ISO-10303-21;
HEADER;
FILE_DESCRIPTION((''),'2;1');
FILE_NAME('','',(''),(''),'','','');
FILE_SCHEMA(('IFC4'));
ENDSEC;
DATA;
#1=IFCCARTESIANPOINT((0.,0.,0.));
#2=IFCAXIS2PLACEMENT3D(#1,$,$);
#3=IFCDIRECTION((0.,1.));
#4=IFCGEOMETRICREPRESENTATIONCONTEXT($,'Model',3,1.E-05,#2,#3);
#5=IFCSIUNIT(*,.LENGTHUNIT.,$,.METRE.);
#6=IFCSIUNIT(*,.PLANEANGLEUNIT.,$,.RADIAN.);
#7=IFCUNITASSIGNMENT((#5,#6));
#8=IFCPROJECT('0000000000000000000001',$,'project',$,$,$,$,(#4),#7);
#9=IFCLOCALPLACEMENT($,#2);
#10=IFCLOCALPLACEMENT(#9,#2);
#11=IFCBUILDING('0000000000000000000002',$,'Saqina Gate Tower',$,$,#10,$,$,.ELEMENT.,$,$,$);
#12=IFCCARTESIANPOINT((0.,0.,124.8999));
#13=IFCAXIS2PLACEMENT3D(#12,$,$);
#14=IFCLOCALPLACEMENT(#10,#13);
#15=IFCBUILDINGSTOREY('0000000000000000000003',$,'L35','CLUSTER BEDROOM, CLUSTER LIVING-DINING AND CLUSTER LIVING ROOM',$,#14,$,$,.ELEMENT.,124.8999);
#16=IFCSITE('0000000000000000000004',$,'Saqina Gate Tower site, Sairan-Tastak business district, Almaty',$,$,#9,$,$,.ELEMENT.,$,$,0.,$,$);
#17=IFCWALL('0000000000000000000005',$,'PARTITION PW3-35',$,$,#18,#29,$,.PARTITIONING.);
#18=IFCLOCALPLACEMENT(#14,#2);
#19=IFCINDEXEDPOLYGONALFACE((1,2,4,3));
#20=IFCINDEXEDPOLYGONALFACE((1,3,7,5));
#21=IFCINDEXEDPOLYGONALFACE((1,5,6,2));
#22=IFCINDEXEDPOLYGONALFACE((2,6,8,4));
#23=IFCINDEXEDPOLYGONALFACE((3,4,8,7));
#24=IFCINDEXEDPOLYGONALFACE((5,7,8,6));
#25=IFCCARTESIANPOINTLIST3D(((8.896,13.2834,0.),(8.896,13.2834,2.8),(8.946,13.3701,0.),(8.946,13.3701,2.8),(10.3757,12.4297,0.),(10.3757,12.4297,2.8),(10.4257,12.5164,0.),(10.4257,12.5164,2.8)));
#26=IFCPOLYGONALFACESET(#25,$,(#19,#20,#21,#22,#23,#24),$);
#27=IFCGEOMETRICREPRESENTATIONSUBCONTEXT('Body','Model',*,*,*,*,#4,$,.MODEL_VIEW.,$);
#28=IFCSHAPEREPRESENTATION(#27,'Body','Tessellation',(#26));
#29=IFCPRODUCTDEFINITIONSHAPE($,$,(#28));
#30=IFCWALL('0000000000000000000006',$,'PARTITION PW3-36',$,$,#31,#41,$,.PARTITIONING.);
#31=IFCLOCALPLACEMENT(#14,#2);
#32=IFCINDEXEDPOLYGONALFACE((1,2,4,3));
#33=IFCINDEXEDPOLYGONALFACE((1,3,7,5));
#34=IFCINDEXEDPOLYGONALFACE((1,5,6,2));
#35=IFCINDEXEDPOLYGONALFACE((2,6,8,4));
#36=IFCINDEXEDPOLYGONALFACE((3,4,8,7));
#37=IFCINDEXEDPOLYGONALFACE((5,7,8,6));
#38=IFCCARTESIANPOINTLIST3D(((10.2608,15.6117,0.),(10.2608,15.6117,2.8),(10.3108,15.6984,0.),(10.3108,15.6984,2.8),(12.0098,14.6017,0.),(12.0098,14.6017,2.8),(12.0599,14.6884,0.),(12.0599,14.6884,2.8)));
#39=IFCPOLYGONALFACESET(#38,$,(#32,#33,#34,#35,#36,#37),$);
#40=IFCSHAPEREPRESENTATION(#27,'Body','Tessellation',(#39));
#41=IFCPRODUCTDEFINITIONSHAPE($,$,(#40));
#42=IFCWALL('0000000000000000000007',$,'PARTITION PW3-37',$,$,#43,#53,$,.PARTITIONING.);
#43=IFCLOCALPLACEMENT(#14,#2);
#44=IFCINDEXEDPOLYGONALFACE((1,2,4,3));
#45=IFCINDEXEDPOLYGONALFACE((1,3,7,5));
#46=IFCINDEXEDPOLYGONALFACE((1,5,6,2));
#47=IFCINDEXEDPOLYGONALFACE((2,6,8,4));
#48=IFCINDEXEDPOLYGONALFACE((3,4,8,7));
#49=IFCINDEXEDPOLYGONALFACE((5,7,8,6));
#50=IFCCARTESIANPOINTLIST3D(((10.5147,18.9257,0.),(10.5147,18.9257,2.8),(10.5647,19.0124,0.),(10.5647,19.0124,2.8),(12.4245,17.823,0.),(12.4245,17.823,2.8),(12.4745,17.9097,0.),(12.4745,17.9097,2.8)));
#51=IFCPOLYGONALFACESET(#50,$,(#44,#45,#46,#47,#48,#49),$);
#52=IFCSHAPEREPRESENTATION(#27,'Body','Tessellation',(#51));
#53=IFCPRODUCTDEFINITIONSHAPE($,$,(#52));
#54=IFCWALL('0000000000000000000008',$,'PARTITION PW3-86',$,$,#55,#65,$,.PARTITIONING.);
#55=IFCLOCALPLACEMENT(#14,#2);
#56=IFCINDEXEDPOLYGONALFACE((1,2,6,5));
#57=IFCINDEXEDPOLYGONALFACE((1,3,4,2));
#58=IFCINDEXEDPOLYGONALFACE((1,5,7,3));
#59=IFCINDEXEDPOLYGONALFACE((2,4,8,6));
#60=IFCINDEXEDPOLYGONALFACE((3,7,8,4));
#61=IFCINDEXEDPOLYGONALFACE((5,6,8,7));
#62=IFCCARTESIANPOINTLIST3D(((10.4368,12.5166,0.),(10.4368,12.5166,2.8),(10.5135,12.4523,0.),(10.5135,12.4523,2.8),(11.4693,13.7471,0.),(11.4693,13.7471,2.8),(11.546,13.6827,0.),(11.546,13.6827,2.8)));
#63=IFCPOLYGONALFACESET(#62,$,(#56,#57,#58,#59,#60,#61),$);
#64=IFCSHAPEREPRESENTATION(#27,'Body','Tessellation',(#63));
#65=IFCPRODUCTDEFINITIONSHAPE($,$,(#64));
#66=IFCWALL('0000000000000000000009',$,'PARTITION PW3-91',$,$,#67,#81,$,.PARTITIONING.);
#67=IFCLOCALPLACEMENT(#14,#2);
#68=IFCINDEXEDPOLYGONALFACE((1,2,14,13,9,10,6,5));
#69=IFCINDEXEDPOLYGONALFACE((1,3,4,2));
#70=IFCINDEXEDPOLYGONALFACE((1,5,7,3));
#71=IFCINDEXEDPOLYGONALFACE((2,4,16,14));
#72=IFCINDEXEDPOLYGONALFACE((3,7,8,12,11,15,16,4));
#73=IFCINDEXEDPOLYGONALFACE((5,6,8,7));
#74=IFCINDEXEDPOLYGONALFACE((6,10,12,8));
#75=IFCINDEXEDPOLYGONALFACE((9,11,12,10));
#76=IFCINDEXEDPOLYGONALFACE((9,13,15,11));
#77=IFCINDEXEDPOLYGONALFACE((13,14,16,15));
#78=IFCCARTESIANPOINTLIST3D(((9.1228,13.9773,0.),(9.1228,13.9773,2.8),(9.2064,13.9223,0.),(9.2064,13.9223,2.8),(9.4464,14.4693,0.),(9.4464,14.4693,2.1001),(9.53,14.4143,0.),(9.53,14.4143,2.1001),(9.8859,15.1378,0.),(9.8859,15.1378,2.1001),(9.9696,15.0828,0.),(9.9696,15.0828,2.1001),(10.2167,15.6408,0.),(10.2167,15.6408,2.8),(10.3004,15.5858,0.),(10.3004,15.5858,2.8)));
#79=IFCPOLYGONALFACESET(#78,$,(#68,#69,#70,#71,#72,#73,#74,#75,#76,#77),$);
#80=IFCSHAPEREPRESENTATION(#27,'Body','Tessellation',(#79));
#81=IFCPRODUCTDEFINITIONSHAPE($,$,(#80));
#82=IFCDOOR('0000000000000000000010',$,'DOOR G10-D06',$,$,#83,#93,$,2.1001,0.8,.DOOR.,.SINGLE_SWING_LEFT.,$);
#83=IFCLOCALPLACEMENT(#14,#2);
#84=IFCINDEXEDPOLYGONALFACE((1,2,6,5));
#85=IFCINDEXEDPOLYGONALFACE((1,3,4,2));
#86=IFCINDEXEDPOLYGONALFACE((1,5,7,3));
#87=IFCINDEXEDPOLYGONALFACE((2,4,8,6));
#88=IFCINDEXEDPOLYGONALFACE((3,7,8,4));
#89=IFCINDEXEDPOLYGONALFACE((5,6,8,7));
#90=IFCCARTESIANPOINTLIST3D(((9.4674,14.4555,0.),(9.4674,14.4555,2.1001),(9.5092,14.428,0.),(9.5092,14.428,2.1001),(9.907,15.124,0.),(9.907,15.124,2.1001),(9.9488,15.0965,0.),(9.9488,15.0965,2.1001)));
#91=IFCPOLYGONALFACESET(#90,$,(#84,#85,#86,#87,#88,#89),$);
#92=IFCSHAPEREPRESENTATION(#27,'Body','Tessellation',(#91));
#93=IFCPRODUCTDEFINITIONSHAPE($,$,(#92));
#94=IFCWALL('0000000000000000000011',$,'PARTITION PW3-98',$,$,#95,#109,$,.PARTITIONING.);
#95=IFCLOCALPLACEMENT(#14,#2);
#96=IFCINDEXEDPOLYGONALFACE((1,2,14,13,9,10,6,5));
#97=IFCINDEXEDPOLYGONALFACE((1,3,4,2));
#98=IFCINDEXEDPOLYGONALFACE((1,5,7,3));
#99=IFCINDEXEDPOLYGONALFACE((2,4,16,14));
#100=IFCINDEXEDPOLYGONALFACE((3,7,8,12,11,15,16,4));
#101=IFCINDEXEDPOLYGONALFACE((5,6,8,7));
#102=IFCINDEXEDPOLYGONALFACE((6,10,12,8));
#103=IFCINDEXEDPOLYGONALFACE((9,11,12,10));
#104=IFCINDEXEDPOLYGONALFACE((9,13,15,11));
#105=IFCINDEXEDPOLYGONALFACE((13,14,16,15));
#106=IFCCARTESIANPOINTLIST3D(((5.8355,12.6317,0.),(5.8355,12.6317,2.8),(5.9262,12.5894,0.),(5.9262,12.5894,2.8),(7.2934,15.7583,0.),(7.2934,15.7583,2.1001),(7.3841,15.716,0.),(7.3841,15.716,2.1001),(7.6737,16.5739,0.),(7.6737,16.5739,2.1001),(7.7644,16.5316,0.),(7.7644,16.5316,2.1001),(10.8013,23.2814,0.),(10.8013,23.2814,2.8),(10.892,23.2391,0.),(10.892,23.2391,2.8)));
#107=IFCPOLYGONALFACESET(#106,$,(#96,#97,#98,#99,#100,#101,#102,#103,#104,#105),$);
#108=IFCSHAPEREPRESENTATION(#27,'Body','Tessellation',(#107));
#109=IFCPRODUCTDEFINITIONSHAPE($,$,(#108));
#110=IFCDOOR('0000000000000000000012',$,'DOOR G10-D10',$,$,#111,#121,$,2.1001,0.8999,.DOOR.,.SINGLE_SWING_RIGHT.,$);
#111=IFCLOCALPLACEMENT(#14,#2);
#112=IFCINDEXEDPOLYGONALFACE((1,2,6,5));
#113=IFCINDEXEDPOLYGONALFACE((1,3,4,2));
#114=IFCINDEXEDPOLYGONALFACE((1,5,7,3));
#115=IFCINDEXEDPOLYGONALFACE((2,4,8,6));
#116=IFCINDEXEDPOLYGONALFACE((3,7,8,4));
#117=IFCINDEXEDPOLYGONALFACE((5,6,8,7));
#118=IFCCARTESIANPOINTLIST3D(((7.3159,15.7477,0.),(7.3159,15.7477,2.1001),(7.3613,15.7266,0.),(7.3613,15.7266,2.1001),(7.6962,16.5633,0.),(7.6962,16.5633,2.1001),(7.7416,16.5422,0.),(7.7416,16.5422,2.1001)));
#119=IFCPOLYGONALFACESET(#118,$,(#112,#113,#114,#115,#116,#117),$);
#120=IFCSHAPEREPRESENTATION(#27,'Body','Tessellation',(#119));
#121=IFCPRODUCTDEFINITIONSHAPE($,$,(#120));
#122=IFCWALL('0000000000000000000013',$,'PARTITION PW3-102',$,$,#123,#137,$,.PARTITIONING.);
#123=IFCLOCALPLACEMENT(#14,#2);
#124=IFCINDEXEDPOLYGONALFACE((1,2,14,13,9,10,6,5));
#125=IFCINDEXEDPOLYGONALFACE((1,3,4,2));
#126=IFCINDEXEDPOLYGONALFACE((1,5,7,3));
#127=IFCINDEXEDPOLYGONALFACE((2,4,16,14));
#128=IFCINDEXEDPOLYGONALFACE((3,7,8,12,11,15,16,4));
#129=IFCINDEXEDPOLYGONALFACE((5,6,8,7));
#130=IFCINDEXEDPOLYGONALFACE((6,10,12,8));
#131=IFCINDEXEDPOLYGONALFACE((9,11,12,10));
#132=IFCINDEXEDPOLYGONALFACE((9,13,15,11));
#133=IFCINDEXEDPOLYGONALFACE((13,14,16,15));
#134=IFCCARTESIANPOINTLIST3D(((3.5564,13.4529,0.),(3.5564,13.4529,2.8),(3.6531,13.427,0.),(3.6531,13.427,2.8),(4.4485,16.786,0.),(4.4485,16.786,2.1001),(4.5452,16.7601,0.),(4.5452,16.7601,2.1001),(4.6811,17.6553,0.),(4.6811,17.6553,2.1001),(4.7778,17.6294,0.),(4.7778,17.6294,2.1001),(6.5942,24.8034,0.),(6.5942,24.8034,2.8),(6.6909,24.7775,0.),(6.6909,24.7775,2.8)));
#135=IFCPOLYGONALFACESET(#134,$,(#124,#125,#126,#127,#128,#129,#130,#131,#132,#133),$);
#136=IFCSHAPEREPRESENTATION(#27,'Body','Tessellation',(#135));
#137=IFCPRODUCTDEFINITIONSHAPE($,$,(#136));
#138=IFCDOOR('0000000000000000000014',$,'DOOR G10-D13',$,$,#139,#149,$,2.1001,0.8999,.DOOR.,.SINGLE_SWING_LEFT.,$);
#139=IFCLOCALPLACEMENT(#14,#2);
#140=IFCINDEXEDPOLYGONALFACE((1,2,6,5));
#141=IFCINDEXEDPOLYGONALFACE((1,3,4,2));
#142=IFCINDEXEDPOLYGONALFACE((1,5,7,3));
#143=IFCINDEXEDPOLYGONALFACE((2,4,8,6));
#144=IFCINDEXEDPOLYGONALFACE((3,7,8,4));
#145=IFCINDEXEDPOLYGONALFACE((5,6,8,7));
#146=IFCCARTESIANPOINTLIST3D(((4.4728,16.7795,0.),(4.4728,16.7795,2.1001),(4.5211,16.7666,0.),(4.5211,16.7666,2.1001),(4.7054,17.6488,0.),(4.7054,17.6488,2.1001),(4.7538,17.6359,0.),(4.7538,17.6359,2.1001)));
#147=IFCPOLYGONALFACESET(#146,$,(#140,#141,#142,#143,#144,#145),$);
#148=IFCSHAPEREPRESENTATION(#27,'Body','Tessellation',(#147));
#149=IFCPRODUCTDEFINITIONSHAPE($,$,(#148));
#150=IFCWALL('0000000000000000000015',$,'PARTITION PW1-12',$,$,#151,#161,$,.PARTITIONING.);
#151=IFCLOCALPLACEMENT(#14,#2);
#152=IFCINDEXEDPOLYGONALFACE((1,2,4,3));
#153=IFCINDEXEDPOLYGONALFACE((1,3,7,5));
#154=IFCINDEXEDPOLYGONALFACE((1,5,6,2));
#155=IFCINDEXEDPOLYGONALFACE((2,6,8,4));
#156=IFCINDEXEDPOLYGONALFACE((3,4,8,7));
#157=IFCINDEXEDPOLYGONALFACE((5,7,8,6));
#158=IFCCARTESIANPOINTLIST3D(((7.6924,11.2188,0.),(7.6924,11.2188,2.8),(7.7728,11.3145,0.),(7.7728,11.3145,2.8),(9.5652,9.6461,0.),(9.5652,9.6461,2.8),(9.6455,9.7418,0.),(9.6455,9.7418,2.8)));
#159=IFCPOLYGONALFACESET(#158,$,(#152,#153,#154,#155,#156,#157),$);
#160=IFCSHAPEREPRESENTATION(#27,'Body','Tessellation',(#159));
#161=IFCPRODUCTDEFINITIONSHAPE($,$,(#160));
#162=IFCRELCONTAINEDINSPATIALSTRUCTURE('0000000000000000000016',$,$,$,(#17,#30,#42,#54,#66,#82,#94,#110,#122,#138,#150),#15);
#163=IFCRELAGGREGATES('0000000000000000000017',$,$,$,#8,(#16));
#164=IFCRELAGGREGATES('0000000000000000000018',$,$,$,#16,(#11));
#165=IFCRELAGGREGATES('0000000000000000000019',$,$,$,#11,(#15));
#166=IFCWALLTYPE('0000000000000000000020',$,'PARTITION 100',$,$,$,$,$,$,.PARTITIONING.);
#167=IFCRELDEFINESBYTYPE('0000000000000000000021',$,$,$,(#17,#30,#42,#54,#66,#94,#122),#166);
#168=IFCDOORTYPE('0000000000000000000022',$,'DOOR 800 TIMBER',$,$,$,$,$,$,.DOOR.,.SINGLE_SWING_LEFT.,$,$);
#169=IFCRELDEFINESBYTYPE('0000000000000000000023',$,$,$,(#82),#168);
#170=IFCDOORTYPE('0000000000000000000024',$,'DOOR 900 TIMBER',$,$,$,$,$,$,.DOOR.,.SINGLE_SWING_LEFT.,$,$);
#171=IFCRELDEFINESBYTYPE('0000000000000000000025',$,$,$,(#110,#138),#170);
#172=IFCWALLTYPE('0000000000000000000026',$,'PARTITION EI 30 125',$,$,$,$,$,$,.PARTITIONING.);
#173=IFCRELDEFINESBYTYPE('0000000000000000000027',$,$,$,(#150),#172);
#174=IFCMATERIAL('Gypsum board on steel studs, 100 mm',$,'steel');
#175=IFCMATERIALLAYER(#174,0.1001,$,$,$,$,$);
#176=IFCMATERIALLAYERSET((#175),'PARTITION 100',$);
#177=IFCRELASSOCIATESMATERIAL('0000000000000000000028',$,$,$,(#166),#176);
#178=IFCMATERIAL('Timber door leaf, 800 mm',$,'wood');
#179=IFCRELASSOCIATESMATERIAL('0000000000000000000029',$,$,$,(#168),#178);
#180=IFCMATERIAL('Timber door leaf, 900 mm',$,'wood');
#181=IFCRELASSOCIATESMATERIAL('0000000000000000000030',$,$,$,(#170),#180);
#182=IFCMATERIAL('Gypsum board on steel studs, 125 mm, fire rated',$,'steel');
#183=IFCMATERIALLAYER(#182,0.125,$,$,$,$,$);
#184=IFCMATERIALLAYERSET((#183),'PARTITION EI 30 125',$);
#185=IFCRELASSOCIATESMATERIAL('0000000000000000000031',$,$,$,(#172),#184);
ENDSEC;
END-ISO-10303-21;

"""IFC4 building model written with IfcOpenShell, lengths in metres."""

from ifc_helpers import new_model, si_unit, direction, frame, frame_2d, origin, place, context, subcontext, project, spatial, rectangle, extrude, material, layer, layer_set, type_object, element, fill, save


model = new_model("IFC4")

# Units and contexts
model_context = context("Model", 3, precision=1e-05, world=origin(), true_north=direction((0.0, 1.0)))
body_context = subcontext(model_context, "Body", "Model", "MODEL_VIEW")
ifc_project = project(units=[si_unit("LENGTHUNIT", "METRE"), si_unit("PLANEANGLEUNIT", "RADIAN")], contexts=[model_context])

# Site, building, storey
site_placement = place(None, origin())
site = spatial("IfcSite", under=ifc_project, at=site_placement, Name="Saqina Gate Tower site, Sairan-Tastak business district, Almaty", CompositionType="ELEMENT", RefElevation=0.0)
building_placement = place(site_placement, origin())
building = spatial("IfcBuilding", under=site, at=building_placement, Name="Saqina Gate Tower", CompositionType="ELEMENT")
storey_placement = place(building_placement, frame((0.0, 0.0, 124.8999)))
storey = spatial("IfcBuildingStorey", under=building, at=storey_placement, Name="L35", Description="CLUSTER BEDROOM, CLUSTER LIVING-DINING AND CLUSTER LIVING ROOM", CompositionType="ELEMENT", Elevation=124.8999)

# Walls
ifc_material_1 = material(Name="Gypsum board on steel studs, 100 mm", Category="steel")
ifc_layer_1 = layer(ifc_material_1, 0.1001)
ifc_layer_set_1 = layer_set([ifc_layer_1], Name="PARTITION 100")
wall_type_1 = type_object("IfcWallType", Name="PARTITION 100", PredefinedType="PARTITIONING", material=ifc_layer_set_1)
wall_1_placement = place(storey_placement, frame((8.9211, 13.3267, 0.0), z_axis=(0.0, 0.0, 1.0), x_axis=(0.866169, -0.499751, 0.0)))
element("IfcWall", 1, at=wall_1_placement, inside=storey, type_object=wall_type_1, Name="PARTITION PW3-35", PredefinedType="PARTITIONING", context=body_context, shape_type="SweptSolid", body=[
    extrude(rectangle(XDim=1.7083, YDim=0.1001, at=frame_2d((0.854, 0.0))), origin(), (0.0, 0.0, 1.0), 2.8),
])
wall_2_placement = place(storey_placement, frame((10.2859, 15.655, 0.0), z_axis=(0.0, 0.0, 1.0), x_axis=(0.86598, -0.500078, 0.0)))
element("IfcWall", 2, at=wall_2_placement, inside=storey, type_object=wall_type_1, Name="PARTITION PW3-36", PredefinedType="PARTITIONING", context=body_context, shape_type="SweptSolid", body=[
    extrude(rectangle(XDim=2.0198, YDim=0.1001, at=frame_2d((1.0098, 0.0))), origin(), (0.0, 0.0, 1.0), 2.8),
])
wall_3_placement = place(storey_placement, frame((10.5398, 18.969, 0.0), z_axis=(0.0, 0.0, 1.0), x_axis=(0.866007, -0.500032, 0.0)))
element("IfcWall", 3, at=wall_3_placement, inside=storey, type_object=wall_type_1, Name="PARTITION PW3-37", PredefinedType="PARTITIONING", context=body_context, shape_type="SweptSolid", body=[
    extrude(rectangle(XDim=2.2053, YDim=0.1001, at=frame_2d((1.1025, 0.0))), origin(), (0.0, 0.0, 1.0), 2.8),
])
wall_4_placement = place(storey_placement, frame((10.4751, 12.4844, 0.0), z_axis=(0.0, 0.0, 1.0), x_axis=(0.642782, 0.766049, 0.0)))
element("IfcWall", 4, at=wall_4_placement, inside=storey, type_object=wall_type_1, Name="PARTITION PW3-86", PredefinedType="PARTITIONING", context=body_context, shape_type="SweptSolid", body=[
    extrude(rectangle(XDim=1.6062, YDim=0.1001, at=frame_2d((0.8032, 0.0))), origin(), (0.0, 0.0, 1.0), 2.8),
])

# Walls, openings, doors
wall_5_placement = place(storey_placement, frame((9.1646, 13.9497, 0.0), z_axis=(0.0, 0.0, 1.0), x_axis=(0.549454, 0.835524, 0.0)))
wall_5 = element("IfcWall", 5, at=wall_5_placement, inside=storey, type_object=wall_type_1, Name="PARTITION PW3-91", PredefinedType="PARTITIONING", context=body_context, shape_type="SweptSolid", body=[
    extrude(rectangle(XDim=1.991, YDim=0.1001, at=frame_2d((0.9956, 0.0))), origin(), (0.0, 0.0, 1.0), 2.8),
])
opening_1_placement = place(wall_5_placement, frame((0.5891, 0.0, 0.0)))
opening_1 = element("IfcOpeningElement", 6, at=opening_1_placement, cuts=wall_5, PredefinedType="OPENING", context=body_context, shape_type="SweptSolid", body=[
    extrude(rectangle(XDim=0.8, YDim=2.1001, at=frame_2d((0.3999, 1.05))), frame((0.0, 0.062, 0.0), z_axis=(0.0, -1.0, 0.0), x_axis=(1.0, 0.0, 0.0)), (0.0, 0.0, 1.0), 0.124),
])
ifc_material_2 = material(Name="Timber door leaf, 800 mm", Category="wood")
door_type_1 = type_object("IfcDoorType", Name="DOOR 800 TIMBER", OperationType="SINGLE_SWING_LEFT", PredefinedType="DOOR", material=ifc_material_2)
door_1_placement = place(opening_1_placement, origin())
door_1 = element("IfcDoor", 7, at=door_1_placement, inside=storey, type_object=door_type_1, Name="DOOR G10-D06", OperationType="SINGLE_SWING_LEFT", OverallHeight=2.1001, OverallWidth=0.8, PredefinedType="DOOR", context=body_context, shape_type="SweptSolid", body=[
    extrude(rectangle(XDim=0.8, YDim=2.1001, at=frame_2d((0.3999, 1.05))), frame((0.0, 0.0249, 0.0), z_axis=(0.0, -1.0, 0.0), x_axis=(1.0, 0.0, 0.0)), (0.0, 0.0, 1.0), 0.05),
])
fill(opening_1, door_1)
wall_6_placement = place(storey_placement, frame((5.8809, 12.6106, 0.0), z_axis=(0.0, 0.0, 1.0), x_axis=(0.422605, 0.906314, 0.0)))
wall_6 = element("IfcWall", 8, at=wall_6_placement, inside=storey, type_object=wall_type_1, Name="PARTITION PW3-98", PredefinedType="PARTITIONING", context=body_context, shape_type="SweptSolid", body=[
    extrude(rectangle(XDim=11.7505, YDim=0.1001, at=frame_2d((5.8752, 0.0))), origin(), (0.0, 0.0, 1.0), 2.8),
])
opening_2_placement = place(wall_6_placement, frame((3.4497, 0.0, 0.0)))
opening_2 = element("IfcOpeningElement", 9, at=opening_2_placement, cuts=wall_6, PredefinedType="OPENING", context=body_context, shape_type="SweptSolid", body=[
    extrude(rectangle(XDim=0.8999, YDim=2.1001, at=frame_2d((0.45, 1.05))), frame((0.0, 0.062, 0.0), z_axis=(0.0, -1.0, 0.0), x_axis=(1.0, 0.0, 0.0)), (0.0, 0.0, 1.0), 0.124),
])
ifc_material_3 = material(Name="Timber door leaf, 900 mm", Category="wood")
door_type_2 = type_object("IfcDoorType", Name="DOOR 900 TIMBER", OperationType="SINGLE_SWING_LEFT", PredefinedType="DOOR", material=ifc_material_3)
door_2_placement = place(opening_2_placement, frame((0.8999, 0.0, 0.0), z_axis=(0.0, 0.0, 1.0), x_axis=(-1.0, 0.0, 0.0)))
door_2 = element("IfcDoor", 10, at=door_2_placement, inside=storey, type_object=door_type_2, Name="DOOR G10-D10", OperationType="SINGLE_SWING_RIGHT", OverallHeight=2.1001, OverallWidth=0.8999, PredefinedType="DOOR", context=body_context, shape_type="SweptSolid", body=[
    extrude(rectangle(XDim=0.8999, YDim=2.1001, at=frame_2d((0.45, 1.05))), frame((0.0, 0.0249, 0.0), z_axis=(0.0, -1.0, 0.0), x_axis=(1.0, 0.0, 0.0)), (0.0, 0.0, 1.0), 0.05),
])
fill(opening_2, door_2)
wall_7_placement = place(storey_placement, frame((3.6047, 13.4399, 0.0), z_axis=(0.0, 0.0, 1.0), x_axis=(0.258538, 0.966001, 0.0)))
wall_7 = element("IfcWall", 11, at=wall_7_placement, inside=storey, type_object=wall_type_1, Name="PARTITION PW3-102", PredefinedType="PARTITIONING", context=body_context, shape_type="SweptSolid", body=[
    extrude(rectangle(XDim=11.75, YDim=0.1001, at=frame_2d((5.875, 0.0))), origin(), (0.0, 0.0, 1.0), 2.8),
])
opening_3_placement = place(wall_7_placement, frame((3.4504, 0.0, 0.0)))
opening_3 = element("IfcOpeningElement", 12, at=opening_3_placement, cuts=wall_7, PredefinedType="OPENING", context=body_context, shape_type="SweptSolid", body=[
    extrude(rectangle(XDim=0.8999, YDim=2.1001, at=frame_2d((0.45, 1.05))), frame((0.0, 0.062, 0.0), z_axis=(0.0, -1.0, 0.0), x_axis=(1.0, 0.0, 0.0)), (0.0, 0.0, 1.0), 0.124),
])
door_3_placement = place(opening_3_placement, origin())
door_3 = element("IfcDoor", 13, at=door_3_placement, inside=storey, type_object=door_type_2, Name="DOOR G10-D13", OperationType="SINGLE_SWING_LEFT", OverallHeight=2.1001, OverallWidth=0.8999, PredefinedType="DOOR", context=body_context, shape_type="SweptSolid", body=[
    extrude(rectangle(XDim=0.8999, YDim=2.1001, at=frame_2d((0.45, 1.05))), frame((0.0, 0.0249, 0.0), z_axis=(0.0, -1.0, 0.0), x_axis=(1.0, 0.0, 0.0)), (0.0, 0.0, 1.0), 0.05),
])
fill(opening_3, door_3)

# Wall
ifc_material_4 = material(Name="Gypsum board on steel studs, 125 mm, fire rated", Category="steel")
ifc_layer_2 = layer(ifc_material_4, 0.125)
ifc_layer_set_2 = layer_set([ifc_layer_2], Name="PARTITION EI 30 125")
wall_type_2 = type_object("IfcWallType", Name="PARTITION EI 30 125", PredefinedType="PARTITIONING", material=ifc_layer_set_2)
wall_8_placement = place(storey_placement, frame((7.7327, 11.2666, 0.0), z_axis=(0.0, 0.0, 1.0), x_axis=(0.765785, -0.643096, 0.0)))
element("IfcWall", 14, at=wall_8_placement, inside=storey, type_object=wall_type_2, Name="PARTITION PW1-12", PredefinedType="PARTITIONING", context=body_context, shape_type="SweptSolid", body=[
    extrude(rectangle(XDim=2.4456, YDim=0.125, at=frame_2d((1.2227, 0.0))), origin(), (0.0, 0.0, 1.0), 2.8),
])

save(model, "model.ifc")
